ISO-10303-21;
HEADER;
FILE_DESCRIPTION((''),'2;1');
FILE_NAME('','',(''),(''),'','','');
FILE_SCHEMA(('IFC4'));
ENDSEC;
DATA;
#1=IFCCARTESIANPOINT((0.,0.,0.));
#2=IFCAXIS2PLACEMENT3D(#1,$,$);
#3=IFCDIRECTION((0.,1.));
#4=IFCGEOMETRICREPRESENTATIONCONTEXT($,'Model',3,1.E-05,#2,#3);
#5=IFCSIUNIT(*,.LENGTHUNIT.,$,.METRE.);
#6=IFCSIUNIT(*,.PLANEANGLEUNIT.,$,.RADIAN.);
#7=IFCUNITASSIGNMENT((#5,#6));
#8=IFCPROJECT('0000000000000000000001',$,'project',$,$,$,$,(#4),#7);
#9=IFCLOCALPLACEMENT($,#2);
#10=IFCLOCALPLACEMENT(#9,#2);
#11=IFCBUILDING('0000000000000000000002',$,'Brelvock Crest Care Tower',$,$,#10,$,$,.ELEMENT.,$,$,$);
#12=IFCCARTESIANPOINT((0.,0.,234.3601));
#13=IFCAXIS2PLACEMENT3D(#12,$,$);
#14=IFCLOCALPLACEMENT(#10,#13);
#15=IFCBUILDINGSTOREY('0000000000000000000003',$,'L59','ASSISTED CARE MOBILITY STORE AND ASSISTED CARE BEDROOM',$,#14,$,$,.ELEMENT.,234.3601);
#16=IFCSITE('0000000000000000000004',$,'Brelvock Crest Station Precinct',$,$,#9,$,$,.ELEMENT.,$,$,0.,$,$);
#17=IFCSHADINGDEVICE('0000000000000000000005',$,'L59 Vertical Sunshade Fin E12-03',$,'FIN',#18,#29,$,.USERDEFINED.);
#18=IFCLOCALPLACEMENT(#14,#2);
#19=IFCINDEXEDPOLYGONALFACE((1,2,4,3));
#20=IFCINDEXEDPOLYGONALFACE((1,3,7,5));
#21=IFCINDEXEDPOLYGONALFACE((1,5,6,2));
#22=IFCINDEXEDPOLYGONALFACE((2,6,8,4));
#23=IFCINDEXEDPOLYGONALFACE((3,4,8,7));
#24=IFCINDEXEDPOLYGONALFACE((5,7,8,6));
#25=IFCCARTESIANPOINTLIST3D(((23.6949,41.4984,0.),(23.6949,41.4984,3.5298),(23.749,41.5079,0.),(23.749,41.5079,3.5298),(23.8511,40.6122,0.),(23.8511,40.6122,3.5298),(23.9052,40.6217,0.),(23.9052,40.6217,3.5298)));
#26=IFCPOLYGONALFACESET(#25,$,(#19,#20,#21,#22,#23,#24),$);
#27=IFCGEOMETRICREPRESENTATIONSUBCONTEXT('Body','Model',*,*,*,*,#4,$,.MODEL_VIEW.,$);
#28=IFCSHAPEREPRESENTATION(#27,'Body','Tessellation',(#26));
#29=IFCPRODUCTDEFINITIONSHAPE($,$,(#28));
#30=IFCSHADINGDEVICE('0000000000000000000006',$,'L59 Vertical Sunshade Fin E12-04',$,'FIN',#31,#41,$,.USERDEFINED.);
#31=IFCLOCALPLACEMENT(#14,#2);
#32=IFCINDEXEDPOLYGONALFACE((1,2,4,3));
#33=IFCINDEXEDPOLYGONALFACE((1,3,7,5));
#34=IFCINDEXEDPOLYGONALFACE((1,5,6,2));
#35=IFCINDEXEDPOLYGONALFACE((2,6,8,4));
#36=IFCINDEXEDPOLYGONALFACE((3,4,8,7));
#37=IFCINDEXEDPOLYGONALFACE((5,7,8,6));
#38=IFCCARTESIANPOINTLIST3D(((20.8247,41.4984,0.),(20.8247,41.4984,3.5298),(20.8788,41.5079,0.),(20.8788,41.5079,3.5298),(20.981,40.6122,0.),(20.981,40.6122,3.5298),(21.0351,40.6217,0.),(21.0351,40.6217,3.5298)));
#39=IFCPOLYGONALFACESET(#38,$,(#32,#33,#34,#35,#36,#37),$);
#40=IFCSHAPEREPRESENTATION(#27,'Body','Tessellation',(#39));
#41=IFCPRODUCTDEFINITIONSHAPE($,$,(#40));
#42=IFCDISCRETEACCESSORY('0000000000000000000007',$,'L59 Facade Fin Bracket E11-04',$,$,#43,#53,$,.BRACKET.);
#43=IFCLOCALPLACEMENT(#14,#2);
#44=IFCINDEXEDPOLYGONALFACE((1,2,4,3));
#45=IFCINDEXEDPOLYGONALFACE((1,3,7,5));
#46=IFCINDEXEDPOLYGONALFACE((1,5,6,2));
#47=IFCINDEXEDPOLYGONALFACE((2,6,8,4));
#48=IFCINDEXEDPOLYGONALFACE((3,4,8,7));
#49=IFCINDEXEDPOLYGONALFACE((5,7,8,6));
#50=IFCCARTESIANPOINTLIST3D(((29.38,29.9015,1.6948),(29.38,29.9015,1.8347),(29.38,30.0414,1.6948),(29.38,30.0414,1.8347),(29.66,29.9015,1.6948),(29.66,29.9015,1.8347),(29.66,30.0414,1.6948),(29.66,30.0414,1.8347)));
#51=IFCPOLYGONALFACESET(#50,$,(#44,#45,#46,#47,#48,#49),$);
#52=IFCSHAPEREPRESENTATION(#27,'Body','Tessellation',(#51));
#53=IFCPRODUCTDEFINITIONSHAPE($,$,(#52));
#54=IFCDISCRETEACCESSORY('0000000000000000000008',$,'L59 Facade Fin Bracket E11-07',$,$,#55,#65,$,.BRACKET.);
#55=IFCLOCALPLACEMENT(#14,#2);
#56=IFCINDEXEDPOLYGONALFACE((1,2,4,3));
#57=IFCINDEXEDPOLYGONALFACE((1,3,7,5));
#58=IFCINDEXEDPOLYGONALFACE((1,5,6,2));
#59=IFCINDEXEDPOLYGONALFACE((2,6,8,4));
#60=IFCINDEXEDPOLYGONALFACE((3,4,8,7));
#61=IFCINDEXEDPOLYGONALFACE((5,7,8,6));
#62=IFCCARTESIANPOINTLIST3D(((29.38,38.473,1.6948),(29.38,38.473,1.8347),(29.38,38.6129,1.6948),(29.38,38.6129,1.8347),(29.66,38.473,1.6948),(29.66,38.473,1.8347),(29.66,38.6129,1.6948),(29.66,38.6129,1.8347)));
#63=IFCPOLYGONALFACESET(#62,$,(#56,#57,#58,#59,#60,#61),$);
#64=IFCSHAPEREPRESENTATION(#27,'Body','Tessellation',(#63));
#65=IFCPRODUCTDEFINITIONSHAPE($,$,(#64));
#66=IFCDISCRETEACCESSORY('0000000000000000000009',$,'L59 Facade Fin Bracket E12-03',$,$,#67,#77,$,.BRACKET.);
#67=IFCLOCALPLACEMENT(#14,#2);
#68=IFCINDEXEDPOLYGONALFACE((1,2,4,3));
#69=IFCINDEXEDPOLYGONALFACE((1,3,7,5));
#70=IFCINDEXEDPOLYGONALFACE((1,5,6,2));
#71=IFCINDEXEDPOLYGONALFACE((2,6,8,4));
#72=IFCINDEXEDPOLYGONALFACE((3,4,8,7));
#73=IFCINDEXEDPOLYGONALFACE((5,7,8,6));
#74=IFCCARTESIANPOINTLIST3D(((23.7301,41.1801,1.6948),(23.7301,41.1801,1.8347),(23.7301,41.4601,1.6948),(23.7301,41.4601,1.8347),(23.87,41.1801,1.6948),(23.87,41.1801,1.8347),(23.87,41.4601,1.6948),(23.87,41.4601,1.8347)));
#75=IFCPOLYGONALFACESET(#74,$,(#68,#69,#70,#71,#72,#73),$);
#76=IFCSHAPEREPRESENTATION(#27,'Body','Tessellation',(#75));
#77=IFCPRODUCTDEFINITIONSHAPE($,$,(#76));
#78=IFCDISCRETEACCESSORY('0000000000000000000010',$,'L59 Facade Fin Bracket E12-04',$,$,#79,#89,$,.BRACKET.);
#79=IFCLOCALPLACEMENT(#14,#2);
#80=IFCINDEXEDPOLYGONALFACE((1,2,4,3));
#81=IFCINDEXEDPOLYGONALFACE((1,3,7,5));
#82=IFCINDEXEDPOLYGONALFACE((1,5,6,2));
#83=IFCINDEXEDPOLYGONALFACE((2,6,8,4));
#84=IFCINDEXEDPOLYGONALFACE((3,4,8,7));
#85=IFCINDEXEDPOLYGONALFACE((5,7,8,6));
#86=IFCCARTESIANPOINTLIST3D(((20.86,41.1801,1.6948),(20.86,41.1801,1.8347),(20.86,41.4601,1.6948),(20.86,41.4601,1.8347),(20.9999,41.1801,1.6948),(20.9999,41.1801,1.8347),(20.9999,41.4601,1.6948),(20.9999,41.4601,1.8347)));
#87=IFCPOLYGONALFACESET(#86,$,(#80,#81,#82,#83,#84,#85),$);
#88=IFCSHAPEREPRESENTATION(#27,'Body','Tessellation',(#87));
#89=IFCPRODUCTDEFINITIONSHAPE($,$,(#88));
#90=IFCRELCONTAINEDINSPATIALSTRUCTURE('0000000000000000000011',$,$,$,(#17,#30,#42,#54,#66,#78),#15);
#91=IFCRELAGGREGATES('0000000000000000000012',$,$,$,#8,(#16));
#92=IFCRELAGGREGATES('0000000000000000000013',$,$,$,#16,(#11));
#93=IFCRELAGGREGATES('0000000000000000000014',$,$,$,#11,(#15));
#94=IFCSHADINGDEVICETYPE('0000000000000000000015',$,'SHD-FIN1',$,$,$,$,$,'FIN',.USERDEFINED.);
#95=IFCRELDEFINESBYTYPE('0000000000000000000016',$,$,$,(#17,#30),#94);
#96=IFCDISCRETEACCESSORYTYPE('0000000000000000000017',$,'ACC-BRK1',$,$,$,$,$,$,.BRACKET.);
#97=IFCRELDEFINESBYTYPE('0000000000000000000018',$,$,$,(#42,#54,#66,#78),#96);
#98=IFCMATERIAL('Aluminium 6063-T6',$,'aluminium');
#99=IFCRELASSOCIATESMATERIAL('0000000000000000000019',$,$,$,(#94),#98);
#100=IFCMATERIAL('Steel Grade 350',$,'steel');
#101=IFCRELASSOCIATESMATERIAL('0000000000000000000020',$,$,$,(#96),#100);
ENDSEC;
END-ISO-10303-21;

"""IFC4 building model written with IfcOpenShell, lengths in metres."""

from ifc_helpers import new_model, si_unit, direction, frame, origin, origin_2d, place, context, subcontext, project, spatial, rectangle, extrude, source, transform, mapped, material, material_profile, profile_set, type_object, element, save


model = new_model("IFC4")

# Units and contexts
model_context = context("Model", 3, precision=1e-05, world=origin(), true_north=direction((0.0, 1.0)))
body_context = subcontext(model_context, "Body", "Model", "MODEL_VIEW")
ifc_project = project(units=[si_unit("LENGTHUNIT", "METRE"), si_unit("PLANEANGLEUNIT", "RADIAN")], contexts=[model_context])

# Site, building, storey
site_placement = place(None, origin())
site = spatial("IfcSite", under=ifc_project, at=site_placement, Name="Brelvock Crest Station Precinct", CompositionType="ELEMENT", RefElevation=0.0)
building_placement = place(site_placement, origin())
building = spatial("IfcBuilding", under=site, at=building_placement, Name="Brelvock Crest Care Tower", CompositionType="ELEMENT")
storey_placement = place(building_placement, frame((0.0, 0.0, 234.3601)))
storey = spatial("IfcBuildingStorey", under=building, at=storey_placement, Name="L59", Description="ASSISTED CARE MOBILITY STORE AND ASSISTED CARE BEDROOM", CompositionType="ELEMENT", Elevation=234.3601)

# Shared definitions
ifc_material_1 = material(Name="Aluminium 6063-T6", Category="aluminium")

# Shading devices
ifc_material_profile_1 = material_profile(ifc_material_1, rectangle(XDim=0.0549, YDim=0.8999, at=origin_2d()), Name="FIN55x900")
ifc_profile_set_1 = profile_set([ifc_material_profile_1], Name="Aluminium 6063-T6")
shading_device_type = type_object("IfcShadingDeviceType", Name="SHD-FIN1", ElementType="FIN", PredefinedType="USERDEFINED", material=ifc_profile_set_1)
shared_shape_1 = source(origin(), body_context, "Body", "SweptSolid", [
    extrude(rectangle(XDim=0.0549, YDim=0.8999, at=origin_2d()), origin(), (0.0, 0.0, 1.0), 3.5298),
])
for number, where, z_axis, x_axis, name in (
    (1, (23.8, 41.0601, 0.0), (0.0, 0.0, 1.0), (-0.984808, -0.173648, 0.0), "L59 Vertical Sunshade Fin E12-03"),
    (2, (20.9299, 41.0601, 0.0), (0.0, 0.0, 1.0), (-0.984808, -0.173648, 0.0), "L59 Vertical Sunshade Fin E12-04"),
):
    element("IfcShadingDevice", number, at=place(storey_placement, frame(where, z_axis=z_axis, x_axis=x_axis)), inside=storey, type_object=shading_device_type, Name=name, ObjectType="FIN", PredefinedType="USERDEFINED", context=body_context, shape_type="MappedRepresentation", body=[
        mapped(shared_shape_1, transform((0.0, 0.0, 0.0), x_axis=(1.0, 0.0, 0.0), y_axis=(0.0, 1.0, 0.0), z_axis=(0.0, 0.0, 1.0), scale=1.0)),
    ])

# Discrete accessories
ifc_material_2 = material(Name="Steel Grade 350", Category="steel")
discrete_accessory_type = type_object("IfcDiscreteAccessoryType", Name="ACC-BRK1", PredefinedType="BRACKET", material=ifc_material_2)
shared_shape_2 = source(origin(), body_context, "Body", "SweptSolid", [
    extrude(rectangle(XDim=0.28, YDim=0.1399, at=origin_2d()), origin(), (0.0, 0.0, 1.0), 0.1399),
])
for number, where, z_axis, x_axis, name in (
    (3, (29.52, 29.9714, 1.6948), (0.0, 0.0, 1.0), (-1.0, 0.0, 0.0), "L59 Facade Fin Bracket E11-04"),
    (4, (29.52, 38.543, 1.6948), (0.0, 0.0, 1.0), (-1.0, 0.0, 0.0), "L59 Facade Fin Bracket E11-07"),
    (5, (23.8, 41.3201, 1.6948), (0.0, 0.0, 1.0), (0.0, -1.0, 0.0), "L59 Facade Fin Bracket E12-03"),
    (6, (20.9299, 41.3201, 1.6948), (0.0, 0.0, 1.0), (0.0, -1.0, 0.0), "L59 Facade Fin Bracket E12-04"),
):
    element("IfcDiscreteAccessory", number, at=place(storey_placement, frame(where, z_axis=z_axis, x_axis=x_axis)), inside=storey, type_object=discrete_accessory_type, Name=name, PredefinedType="BRACKET", context=body_context, shape_type="MappedRepresentation", body=[
        mapped(shared_shape_2, transform((0.0, 0.0, 0.0), x_axis=(1.0, 0.0, 0.0), y_axis=(0.0, 1.0, 0.0), z_axis=(0.0, 0.0, 1.0), scale=1.0)),
    ])

save(model, "model.ifc")
